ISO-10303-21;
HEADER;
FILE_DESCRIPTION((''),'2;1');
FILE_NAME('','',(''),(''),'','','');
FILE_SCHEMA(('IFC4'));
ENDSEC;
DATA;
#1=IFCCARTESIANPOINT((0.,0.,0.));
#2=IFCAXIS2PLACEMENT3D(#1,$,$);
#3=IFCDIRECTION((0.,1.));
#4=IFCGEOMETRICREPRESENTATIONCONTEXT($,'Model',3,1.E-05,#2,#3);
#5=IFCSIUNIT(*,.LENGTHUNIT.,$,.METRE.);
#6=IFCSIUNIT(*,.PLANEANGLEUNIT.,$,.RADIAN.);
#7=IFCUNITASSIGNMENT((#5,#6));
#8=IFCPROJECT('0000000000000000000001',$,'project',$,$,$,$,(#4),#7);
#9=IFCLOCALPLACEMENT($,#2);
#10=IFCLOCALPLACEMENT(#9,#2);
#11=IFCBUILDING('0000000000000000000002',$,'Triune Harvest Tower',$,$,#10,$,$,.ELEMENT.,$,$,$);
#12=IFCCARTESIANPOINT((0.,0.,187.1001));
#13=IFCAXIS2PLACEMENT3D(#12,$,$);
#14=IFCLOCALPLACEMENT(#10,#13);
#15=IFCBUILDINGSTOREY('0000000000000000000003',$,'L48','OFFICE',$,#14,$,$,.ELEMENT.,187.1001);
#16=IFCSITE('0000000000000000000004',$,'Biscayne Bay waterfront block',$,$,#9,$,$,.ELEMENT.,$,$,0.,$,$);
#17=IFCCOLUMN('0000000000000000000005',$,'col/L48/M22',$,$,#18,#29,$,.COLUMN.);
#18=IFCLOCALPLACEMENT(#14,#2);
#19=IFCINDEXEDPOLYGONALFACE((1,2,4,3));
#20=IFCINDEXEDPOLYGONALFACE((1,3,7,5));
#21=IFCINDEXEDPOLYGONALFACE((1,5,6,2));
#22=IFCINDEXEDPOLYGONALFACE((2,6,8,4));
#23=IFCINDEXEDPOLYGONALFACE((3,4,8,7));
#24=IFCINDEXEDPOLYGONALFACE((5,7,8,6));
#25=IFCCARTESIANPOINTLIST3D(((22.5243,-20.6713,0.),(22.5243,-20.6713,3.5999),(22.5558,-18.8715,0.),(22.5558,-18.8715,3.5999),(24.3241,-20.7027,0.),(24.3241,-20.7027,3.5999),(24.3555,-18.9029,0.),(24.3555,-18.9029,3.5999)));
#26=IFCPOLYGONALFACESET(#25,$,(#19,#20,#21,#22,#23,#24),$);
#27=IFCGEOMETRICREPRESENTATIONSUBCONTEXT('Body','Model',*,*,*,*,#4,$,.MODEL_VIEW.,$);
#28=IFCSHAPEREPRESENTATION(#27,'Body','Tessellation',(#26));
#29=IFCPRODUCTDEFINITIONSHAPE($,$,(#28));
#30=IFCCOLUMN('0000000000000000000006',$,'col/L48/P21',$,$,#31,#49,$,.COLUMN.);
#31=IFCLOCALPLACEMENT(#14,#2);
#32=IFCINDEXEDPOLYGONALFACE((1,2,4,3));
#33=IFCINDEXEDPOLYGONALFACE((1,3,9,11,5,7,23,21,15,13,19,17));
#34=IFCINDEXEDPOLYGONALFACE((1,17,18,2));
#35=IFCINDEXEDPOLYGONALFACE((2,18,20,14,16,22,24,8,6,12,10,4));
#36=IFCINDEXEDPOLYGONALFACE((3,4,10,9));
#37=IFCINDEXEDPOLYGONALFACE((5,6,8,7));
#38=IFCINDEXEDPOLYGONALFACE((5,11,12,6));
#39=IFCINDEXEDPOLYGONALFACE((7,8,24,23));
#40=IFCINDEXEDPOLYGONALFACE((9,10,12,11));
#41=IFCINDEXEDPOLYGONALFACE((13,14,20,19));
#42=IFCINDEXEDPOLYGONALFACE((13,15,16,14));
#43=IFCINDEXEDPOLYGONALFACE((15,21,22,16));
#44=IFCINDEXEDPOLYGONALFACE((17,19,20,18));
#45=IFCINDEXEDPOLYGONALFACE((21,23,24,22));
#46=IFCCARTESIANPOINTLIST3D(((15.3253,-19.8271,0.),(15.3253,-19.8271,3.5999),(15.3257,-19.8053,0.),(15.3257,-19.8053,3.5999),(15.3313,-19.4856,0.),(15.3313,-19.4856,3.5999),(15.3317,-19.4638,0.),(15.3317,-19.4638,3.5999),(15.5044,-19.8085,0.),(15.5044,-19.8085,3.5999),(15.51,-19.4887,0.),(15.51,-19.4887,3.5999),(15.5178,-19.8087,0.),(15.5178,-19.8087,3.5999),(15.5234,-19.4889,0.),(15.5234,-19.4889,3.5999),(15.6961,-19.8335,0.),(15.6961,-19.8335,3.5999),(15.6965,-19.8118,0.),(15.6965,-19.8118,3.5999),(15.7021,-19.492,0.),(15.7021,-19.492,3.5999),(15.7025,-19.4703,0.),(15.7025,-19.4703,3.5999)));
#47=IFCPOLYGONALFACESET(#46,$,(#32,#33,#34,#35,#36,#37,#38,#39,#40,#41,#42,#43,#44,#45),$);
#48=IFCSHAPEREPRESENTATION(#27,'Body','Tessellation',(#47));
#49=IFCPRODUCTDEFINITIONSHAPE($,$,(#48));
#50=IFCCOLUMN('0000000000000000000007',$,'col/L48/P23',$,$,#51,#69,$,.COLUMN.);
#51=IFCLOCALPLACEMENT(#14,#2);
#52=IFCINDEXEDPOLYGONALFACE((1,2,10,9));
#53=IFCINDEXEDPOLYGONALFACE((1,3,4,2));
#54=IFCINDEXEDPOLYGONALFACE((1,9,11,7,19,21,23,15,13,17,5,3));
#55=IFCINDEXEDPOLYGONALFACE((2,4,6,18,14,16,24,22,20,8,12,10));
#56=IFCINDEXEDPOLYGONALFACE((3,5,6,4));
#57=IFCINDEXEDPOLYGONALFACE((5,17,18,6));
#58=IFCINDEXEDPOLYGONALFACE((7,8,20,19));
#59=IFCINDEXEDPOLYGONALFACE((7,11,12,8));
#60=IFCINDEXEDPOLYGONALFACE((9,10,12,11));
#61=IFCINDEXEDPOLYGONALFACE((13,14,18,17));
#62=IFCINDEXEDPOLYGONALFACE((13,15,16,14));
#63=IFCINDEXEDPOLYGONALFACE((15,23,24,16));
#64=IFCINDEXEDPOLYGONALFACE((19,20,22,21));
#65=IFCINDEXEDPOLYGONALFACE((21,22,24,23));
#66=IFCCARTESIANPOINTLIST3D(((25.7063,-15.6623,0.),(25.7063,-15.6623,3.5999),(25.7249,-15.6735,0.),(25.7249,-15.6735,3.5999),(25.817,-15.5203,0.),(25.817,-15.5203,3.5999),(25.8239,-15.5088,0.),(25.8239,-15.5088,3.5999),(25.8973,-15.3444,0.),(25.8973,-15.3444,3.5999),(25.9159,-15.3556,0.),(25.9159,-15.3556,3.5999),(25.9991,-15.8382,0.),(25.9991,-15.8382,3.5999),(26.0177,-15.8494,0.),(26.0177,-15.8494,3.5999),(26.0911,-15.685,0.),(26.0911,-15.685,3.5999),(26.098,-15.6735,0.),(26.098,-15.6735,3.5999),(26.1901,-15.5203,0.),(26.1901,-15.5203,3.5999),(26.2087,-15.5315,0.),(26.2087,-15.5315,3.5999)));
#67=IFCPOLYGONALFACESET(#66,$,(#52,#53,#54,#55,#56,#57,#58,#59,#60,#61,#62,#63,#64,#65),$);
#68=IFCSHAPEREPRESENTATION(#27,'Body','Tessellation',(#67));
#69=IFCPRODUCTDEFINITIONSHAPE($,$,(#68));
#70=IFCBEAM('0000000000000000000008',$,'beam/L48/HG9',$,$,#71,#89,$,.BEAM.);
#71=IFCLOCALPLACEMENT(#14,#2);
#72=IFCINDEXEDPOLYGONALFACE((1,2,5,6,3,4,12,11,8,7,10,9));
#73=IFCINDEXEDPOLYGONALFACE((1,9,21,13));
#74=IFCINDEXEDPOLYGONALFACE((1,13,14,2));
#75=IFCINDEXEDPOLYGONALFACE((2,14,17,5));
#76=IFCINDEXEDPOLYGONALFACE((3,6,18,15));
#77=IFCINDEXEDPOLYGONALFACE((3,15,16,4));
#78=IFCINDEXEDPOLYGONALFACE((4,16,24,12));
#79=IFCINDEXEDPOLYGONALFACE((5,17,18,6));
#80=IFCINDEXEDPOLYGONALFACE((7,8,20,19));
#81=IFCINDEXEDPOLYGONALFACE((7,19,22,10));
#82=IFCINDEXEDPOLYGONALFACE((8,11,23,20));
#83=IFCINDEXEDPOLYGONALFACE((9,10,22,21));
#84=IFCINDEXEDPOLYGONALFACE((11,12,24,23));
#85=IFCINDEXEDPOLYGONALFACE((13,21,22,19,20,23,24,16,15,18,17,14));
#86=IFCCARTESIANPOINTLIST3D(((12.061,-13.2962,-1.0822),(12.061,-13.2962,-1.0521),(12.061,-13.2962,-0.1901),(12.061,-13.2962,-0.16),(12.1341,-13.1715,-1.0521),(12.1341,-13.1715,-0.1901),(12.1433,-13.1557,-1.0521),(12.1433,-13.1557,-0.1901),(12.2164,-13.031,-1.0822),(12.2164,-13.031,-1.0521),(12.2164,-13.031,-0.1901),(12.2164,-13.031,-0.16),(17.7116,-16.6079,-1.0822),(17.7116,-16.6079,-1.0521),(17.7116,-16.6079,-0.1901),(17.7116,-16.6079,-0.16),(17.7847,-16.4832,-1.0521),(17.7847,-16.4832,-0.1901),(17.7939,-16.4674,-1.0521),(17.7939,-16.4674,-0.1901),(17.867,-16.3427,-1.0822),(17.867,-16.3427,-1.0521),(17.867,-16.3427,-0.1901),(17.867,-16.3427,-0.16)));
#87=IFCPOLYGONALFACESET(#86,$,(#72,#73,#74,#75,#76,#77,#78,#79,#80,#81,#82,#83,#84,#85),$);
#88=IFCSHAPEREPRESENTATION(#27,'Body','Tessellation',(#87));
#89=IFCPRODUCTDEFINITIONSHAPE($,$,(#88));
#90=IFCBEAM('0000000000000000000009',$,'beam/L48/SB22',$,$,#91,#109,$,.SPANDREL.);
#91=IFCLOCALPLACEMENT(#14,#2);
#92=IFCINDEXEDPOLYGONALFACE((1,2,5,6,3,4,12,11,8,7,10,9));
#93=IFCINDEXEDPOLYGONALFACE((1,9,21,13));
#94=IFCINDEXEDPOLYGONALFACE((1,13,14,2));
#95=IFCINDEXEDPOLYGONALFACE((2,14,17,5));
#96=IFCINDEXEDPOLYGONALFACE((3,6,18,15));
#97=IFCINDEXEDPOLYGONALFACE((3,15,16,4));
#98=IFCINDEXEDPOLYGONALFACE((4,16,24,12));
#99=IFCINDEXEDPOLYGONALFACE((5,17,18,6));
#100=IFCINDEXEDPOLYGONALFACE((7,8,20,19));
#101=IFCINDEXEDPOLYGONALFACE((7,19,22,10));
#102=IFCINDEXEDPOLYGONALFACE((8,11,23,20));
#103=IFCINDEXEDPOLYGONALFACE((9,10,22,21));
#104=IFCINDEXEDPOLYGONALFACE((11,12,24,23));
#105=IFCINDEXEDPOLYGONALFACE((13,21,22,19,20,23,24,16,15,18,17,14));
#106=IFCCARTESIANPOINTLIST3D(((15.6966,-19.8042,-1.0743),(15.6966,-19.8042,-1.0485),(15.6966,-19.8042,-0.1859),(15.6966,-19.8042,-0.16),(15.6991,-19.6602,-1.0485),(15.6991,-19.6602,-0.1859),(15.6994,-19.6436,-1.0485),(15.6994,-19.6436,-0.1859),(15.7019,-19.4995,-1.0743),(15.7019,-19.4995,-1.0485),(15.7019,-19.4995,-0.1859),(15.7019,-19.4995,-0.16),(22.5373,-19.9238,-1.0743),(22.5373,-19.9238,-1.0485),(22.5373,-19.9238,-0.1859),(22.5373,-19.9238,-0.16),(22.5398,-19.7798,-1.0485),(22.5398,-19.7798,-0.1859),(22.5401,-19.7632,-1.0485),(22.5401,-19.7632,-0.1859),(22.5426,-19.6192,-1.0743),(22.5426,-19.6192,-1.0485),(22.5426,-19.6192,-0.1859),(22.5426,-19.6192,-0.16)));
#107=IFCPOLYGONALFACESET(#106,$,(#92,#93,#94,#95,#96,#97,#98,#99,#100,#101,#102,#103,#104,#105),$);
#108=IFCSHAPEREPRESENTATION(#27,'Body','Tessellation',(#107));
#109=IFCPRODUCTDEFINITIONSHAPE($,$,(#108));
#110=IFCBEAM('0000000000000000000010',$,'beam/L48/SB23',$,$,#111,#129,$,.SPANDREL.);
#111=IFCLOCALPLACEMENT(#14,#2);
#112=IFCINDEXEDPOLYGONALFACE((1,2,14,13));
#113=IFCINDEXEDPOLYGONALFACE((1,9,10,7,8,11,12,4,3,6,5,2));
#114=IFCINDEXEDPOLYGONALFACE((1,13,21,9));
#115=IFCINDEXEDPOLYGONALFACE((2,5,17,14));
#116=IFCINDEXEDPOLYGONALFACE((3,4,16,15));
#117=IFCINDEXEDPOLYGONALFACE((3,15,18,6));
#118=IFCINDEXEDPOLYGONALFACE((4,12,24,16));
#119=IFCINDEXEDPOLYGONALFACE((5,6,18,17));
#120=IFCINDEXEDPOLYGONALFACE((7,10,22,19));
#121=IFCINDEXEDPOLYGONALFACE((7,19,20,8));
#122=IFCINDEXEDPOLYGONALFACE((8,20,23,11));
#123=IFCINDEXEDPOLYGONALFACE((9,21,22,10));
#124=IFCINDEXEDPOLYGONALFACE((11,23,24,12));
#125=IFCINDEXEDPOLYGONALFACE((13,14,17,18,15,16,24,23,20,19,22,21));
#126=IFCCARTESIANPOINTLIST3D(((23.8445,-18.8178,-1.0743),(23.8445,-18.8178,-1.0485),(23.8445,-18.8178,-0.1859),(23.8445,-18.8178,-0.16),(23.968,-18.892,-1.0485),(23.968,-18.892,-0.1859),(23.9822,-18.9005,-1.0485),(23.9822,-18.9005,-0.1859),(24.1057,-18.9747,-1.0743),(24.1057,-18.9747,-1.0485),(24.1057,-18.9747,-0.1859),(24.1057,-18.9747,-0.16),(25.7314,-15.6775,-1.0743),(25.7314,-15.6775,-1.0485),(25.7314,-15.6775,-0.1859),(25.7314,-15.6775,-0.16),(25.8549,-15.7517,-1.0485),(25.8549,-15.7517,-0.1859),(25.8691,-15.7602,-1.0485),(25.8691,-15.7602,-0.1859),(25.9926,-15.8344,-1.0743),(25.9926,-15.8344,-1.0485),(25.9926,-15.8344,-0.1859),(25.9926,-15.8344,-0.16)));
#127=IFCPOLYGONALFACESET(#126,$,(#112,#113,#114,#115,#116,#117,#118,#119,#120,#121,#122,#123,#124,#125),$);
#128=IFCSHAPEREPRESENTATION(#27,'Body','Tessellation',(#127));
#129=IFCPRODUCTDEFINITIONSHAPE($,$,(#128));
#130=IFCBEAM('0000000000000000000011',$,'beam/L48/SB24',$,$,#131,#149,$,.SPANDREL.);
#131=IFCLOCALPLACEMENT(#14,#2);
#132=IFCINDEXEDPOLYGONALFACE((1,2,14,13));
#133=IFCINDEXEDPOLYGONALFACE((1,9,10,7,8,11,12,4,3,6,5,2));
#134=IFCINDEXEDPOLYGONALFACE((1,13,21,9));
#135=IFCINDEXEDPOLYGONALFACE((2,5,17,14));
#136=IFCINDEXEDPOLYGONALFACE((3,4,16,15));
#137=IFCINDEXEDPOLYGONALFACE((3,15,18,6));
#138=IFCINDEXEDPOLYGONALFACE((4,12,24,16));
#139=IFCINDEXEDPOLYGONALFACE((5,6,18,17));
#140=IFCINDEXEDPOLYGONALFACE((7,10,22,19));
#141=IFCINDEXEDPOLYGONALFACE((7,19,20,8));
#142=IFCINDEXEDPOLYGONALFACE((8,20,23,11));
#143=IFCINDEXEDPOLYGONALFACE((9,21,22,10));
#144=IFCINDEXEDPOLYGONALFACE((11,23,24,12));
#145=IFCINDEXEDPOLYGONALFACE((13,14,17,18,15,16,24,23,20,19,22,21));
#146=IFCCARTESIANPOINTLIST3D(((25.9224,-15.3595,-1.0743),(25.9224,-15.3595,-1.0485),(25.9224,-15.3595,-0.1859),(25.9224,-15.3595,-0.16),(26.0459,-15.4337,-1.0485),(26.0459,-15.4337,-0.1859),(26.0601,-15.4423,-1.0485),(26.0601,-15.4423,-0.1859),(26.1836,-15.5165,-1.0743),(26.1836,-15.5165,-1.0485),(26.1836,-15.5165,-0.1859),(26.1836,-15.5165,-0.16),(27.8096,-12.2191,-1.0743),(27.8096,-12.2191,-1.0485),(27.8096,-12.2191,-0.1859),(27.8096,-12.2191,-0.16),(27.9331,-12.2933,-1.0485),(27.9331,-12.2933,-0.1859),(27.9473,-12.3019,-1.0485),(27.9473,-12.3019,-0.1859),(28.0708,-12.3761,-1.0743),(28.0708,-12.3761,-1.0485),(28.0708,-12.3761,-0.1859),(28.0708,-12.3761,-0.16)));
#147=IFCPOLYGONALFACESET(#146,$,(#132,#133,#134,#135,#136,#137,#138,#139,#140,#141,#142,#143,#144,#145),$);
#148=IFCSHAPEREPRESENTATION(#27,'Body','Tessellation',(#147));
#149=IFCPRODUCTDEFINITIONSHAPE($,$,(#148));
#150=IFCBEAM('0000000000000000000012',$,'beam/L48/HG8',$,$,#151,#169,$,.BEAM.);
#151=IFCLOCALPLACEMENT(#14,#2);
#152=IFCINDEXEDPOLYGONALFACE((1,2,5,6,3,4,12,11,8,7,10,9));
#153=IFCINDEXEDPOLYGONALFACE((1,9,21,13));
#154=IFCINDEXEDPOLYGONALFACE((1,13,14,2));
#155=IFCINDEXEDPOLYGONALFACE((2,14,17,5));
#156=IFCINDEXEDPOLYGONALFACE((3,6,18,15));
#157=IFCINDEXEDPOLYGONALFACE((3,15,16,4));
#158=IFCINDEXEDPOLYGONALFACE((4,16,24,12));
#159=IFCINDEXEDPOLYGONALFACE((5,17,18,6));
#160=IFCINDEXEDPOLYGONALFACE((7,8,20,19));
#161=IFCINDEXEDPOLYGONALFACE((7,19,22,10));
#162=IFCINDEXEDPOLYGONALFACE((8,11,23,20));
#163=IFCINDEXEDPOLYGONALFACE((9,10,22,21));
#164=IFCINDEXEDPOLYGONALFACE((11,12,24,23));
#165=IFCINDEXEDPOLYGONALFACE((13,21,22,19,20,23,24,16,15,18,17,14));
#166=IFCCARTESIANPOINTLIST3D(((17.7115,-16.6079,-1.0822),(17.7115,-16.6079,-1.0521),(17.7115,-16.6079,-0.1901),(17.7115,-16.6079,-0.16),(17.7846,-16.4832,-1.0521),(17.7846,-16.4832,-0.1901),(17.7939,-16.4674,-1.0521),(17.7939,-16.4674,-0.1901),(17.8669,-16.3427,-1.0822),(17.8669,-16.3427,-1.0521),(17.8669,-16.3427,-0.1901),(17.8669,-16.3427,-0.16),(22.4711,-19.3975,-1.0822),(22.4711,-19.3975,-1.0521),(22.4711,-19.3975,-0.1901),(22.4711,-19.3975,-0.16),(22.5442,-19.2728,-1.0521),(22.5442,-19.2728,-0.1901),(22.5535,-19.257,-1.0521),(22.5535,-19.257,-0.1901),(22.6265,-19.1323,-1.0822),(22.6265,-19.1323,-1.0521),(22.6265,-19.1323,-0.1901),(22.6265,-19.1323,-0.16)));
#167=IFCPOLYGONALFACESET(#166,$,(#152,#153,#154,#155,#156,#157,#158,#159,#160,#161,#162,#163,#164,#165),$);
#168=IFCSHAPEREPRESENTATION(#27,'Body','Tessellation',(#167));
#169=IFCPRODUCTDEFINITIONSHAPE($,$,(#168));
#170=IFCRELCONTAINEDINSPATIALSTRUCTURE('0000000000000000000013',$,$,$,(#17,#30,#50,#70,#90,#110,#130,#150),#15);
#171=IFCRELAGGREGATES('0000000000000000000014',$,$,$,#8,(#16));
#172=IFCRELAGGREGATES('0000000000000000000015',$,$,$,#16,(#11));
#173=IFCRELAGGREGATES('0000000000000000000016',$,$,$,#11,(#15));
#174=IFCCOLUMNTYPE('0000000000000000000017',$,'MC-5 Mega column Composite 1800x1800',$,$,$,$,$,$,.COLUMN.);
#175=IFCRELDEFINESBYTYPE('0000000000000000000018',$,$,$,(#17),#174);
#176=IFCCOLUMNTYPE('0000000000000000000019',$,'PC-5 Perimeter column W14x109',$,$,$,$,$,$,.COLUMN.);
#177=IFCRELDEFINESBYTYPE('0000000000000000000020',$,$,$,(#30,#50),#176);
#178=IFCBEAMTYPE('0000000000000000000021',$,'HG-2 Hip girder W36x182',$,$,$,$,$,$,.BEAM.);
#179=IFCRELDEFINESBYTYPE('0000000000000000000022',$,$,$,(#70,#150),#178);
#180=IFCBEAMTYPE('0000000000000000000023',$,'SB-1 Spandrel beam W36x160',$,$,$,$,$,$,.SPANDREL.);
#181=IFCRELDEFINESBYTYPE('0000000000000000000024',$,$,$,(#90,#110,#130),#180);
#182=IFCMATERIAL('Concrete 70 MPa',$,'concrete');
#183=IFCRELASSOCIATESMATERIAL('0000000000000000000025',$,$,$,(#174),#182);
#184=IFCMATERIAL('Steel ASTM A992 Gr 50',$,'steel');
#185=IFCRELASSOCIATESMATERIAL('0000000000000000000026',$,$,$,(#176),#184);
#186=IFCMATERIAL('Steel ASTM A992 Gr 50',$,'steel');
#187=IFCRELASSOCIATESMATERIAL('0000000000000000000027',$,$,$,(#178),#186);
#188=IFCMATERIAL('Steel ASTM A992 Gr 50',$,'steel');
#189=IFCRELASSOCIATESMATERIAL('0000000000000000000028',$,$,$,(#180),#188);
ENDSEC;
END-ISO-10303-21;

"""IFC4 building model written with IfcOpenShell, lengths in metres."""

from ifc_helpers import new_model, si_unit, direction, frame, origin, origin_2d, place, context, subcontext, project, spatial, rectangle, i_section, extrude, source, transform, mapped, material, material_profile, profile_set, type_object, element, save


model = new_model("IFC4")

# Units and contexts
model_context = context("Model", 3, precision=1e-05, world=origin(), true_north=direction((0.0, 1.0)))
body_context = subcontext(model_context, "Body", "Model", "MODEL_VIEW")
ifc_project = project(units=[si_unit("LENGTHUNIT", "METRE"), si_unit("PLANEANGLEUNIT", "RADIAN")], contexts=[model_context])

# Site, building, storey
site_placement = place(None, origin())
site = spatial("IfcSite", under=ifc_project, at=site_placement, Name="Biscayne Bay waterfront block", CompositionType="ELEMENT", RefElevation=0.0)
building_placement = place(site_placement, origin())
building = spatial("IfcBuilding", under=site, at=building_placement, Name="Triune Harvest Tower", CompositionType="ELEMENT")
storey_placement = place(building_placement, frame((0.0, 0.0, 187.1001)))
storey = spatial("IfcBuildingStorey", under=building, at=storey_placement, Name="L48", Description="OFFICE", CompositionType="ELEMENT", Elevation=187.1001)

# Columns
ifc_material_1 = material(Name="Concrete 70 MPa", Category="concrete")
ifc_material_profile_1 = material_profile(ifc_material_1, rectangle(XDim=1.8, YDim=1.8, at=origin_2d()), Name="Composite 1800x1800")
ifc_profile_set_1 = profile_set([ifc_material_profile_1], Name="Concrete 70 MPa")
column_type_1 = type_object("IfcColumnType", Name="MC-5 Mega column Composite 1800x1800", PredefinedType="COLUMN", material=ifc_profile_set_1)
shared_shape_1 = source(origin(), body_context, "Body", "SweptSolid", [
    extrude(rectangle(XDim=1.8, YDim=1.8, at=origin_2d()), origin(), (0.0, 0.0, 1.0), 3.5999),
])
column_placement = place(storey_placement, frame((23.4399, -19.7871, 0.0), z_axis=(0.0, 0.0, 1.0), x_axis=(0.999848, -0.017452, 0.0)))
element("IfcColumn", 1, at=column_placement, inside=storey, type_object=column_type_1, Name="col/L48/M22", PredefinedType="COLUMN", context=body_context, shape_type="MappedRepresentation", body=[
    mapped(shared_shape_1, transform((0.0, 0.0, 0.0), scale=1.0)),
])
ifc_material_2 = material(Name="Steel ASTM A992 Gr 50", Category="steel")
ifc_material_profile_2 = material_profile(ifc_material_2, i_section(OverallWidth=0.3708, OverallDepth=0.3633, WebThickness=0.0134, FlangeThickness=0.0217, at=origin_2d()), Name="W14x109")
ifc_profile_set_2 = profile_set([ifc_material_profile_2], Name="Steel ASTM A992 Gr 50")
column_type_2 = type_object("IfcColumnType", Name="PC-5 Perimeter column W14x109", PredefinedType="COLUMN", material=ifc_profile_set_2)
shared_shape_2 = source(origin(), body_context, "Body", "SweptSolid", [
    extrude(i_section(OverallWidth=0.3708, OverallDepth=0.3633, WebThickness=0.0134, FlangeThickness=0.0217, at=origin_2d()), origin(), (0.0, 0.0, 1.0), 3.5999),
])
for number, where, z_axis, x_axis, name in (
    (2, (15.5139, -19.6487, 0.0), (0.0, 0.0, 1.0), (0.999848, -0.017452, 0.0), "col/L48/P21"),
    (3, (25.9575, -15.5969, 0.0), (0.0, 0.0, 1.0), (0.51504, 0.857166, 0.0), "col/L48/P23"),
):
    element("IfcColumn", number, at=place(storey_placement, frame(where, z_axis=z_axis, x_axis=x_axis)), inside=storey, type_object=column_type_2, Name=name, PredefinedType="COLUMN", context=body_context, shape_type="MappedRepresentation", body=[
        mapped(shared_shape_2, transform((0.0, 0.0, 0.0), scale=1.0)),
    ])

# Beams
ifc_material_3 = material(Name="Steel ASTM A992 Gr 50", Category="steel")
ifc_material_profile_3 = material_profile(ifc_material_3, i_section(OverallWidth=0.3074, OverallDepth=0.9221, WebThickness=0.0183, FlangeThickness=0.03, at=origin_2d()), Name="W36x182")
ifc_profile_set_3 = profile_set([ifc_material_profile_3], Name="Steel ASTM A992 Gr 50")
beam_type_1 = type_object("IfcBeamType", Name="HG-2 Hip girder W36x182", PredefinedType="BEAM", material=ifc_profile_set_3)
shared_shape_3 = source(origin(), body_context, "Body", "SweptSolid", [
    extrude(i_section(OverallWidth=0.3074, OverallDepth=0.9221, WebThickness=0.0183, FlangeThickness=0.03, at=origin_2d()), origin(), (0.0, 0.0, 1.0), 6.5496),
])
beam_1_placement = place(storey_placement, frame((17.7893, -16.4753, -0.6211), z_axis=(-0.862743, 0.505643, 0.0), x_axis=(-0.505643, -0.862743, 0.0)))
element("IfcBeam", 4, at=beam_1_placement, inside=storey, type_object=beam_type_1, Name="beam/L48/HG9", PredefinedType="BEAM", context=body_context, shape_type="MappedRepresentation", body=[
    mapped(shared_shape_3, transform((0.0, 0.0, 0.0), scale=1.0)),
])
ifc_material_4 = material(Name="Steel ASTM A992 Gr 50", Category="steel")
ifc_material_profile_4 = material_profile(ifc_material_4, i_section(OverallWidth=0.3047, OverallDepth=0.9143, WebThickness=0.0166, FlangeThickness=0.0259, at=origin_2d()), Name="W36x160")
ifc_profile_set_4 = profile_set([ifc_material_profile_4], Name="Steel ASTM A992 Gr 50")
beam_type_2 = type_object("IfcBeamType", Name="SB-1 Spandrel beam W36x160", PredefinedType="SPANDREL", material=ifc_profile_set_4)
shared_shape_4 = source(origin(), body_context, "Body", "SweptSolid", [
    extrude(i_section(OverallWidth=0.3047, OverallDepth=0.9143, WebThickness=0.0166, FlangeThickness=0.0259, at=origin_2d()), origin(), (0.0, 0.0, 1.0), 6.8418),
])
beam_2_placement = place(storey_placement, frame((15.6992, -19.6519, -0.6172), z_axis=(0.999847, -0.017485, 0.0), x_axis=(0.017485, 0.999847, 0.0)))
element("IfcBeam", 5, at=beam_2_placement, inside=storey, type_object=beam_type_2, Name="beam/L48/SB22", PredefinedType="SPANDREL", context=body_context, shape_type="MappedRepresentation", body=[
    mapped(shared_shape_4, transform((0.0, 0.0, 0.0), scale=1.0)),
])
shared_shape_5 = source(origin(), body_context, "Body", "SweptSolid", [
    extrude(i_section(OverallWidth=0.3047, OverallDepth=0.9143, WebThickness=0.0166, FlangeThickness=0.0259, at=origin_2d()), origin(), (0.0, 0.0, 1.0), 3.6636),
])
beam_3_placement = place(storey_placement, frame((23.9751, -18.8962, -0.6172), z_axis=(0.515044, 0.857163, 0.0), x_axis=(-0.857163, 0.515044, 0.0)))
element("IfcBeam", 6, at=beam_3_placement, inside=storey, type_object=beam_type_2, Name="beam/L48/SB23", PredefinedType="SPANDREL", context=body_context, shape_type="MappedRepresentation", body=[
    mapped(shared_shape_5, transform((0.0, 0.0, 0.0), scale=1.0)),
])
shared_shape_6 = source(origin(), body_context, "Body", "SweptSolid", [
    extrude(i_section(OverallWidth=0.3047, OverallDepth=0.9143, WebThickness=0.0166, FlangeThickness=0.0259, at=origin_2d()), origin(), (0.0, 0.0, 1.0), 3.6638),
])
beam_4_placement = place(storey_placement, frame((26.053, -15.438, -0.6172), z_axis=(0.515093, 0.857134, 0.0), x_axis=(-0.857134, 0.515093, 0.0)))
element("IfcBeam", 7, at=beam_4_placement, inside=storey, type_object=beam_type_2, Name="beam/L48/SB24", PredefinedType="SPANDREL", context=body_context, shape_type="MappedRepresentation", body=[
    mapped(shared_shape_6, transform((0.0, 0.0, 0.0), scale=1.0)),
])
shared_shape_7 = source(origin(), body_context, "Body", "SweptSolid", [
    extrude(i_section(OverallWidth=0.3074, OverallDepth=0.9221, WebThickness=0.0183, FlangeThickness=0.03, at=origin_2d()), origin(), (0.0, 0.0, 1.0), 5.5168),
])
beam_5_placement = place(storey_placement, frame((22.5488, -19.2649, -0.6211), z_axis=(-0.862739, 0.50565, 0.0), x_axis=(-0.50565, -0.862739, 0.0)))
element("IfcBeam", 8, at=beam_5_placement, inside=storey, type_object=beam_type_1, Name="beam/L48/HG8", PredefinedType="BEAM", context=body_context, shape_type="MappedRepresentation", body=[
    mapped(shared_shape_7, transform((0.0, 0.0, 0.0), scale=1.0)),
])

save(model, "model.ifc")
